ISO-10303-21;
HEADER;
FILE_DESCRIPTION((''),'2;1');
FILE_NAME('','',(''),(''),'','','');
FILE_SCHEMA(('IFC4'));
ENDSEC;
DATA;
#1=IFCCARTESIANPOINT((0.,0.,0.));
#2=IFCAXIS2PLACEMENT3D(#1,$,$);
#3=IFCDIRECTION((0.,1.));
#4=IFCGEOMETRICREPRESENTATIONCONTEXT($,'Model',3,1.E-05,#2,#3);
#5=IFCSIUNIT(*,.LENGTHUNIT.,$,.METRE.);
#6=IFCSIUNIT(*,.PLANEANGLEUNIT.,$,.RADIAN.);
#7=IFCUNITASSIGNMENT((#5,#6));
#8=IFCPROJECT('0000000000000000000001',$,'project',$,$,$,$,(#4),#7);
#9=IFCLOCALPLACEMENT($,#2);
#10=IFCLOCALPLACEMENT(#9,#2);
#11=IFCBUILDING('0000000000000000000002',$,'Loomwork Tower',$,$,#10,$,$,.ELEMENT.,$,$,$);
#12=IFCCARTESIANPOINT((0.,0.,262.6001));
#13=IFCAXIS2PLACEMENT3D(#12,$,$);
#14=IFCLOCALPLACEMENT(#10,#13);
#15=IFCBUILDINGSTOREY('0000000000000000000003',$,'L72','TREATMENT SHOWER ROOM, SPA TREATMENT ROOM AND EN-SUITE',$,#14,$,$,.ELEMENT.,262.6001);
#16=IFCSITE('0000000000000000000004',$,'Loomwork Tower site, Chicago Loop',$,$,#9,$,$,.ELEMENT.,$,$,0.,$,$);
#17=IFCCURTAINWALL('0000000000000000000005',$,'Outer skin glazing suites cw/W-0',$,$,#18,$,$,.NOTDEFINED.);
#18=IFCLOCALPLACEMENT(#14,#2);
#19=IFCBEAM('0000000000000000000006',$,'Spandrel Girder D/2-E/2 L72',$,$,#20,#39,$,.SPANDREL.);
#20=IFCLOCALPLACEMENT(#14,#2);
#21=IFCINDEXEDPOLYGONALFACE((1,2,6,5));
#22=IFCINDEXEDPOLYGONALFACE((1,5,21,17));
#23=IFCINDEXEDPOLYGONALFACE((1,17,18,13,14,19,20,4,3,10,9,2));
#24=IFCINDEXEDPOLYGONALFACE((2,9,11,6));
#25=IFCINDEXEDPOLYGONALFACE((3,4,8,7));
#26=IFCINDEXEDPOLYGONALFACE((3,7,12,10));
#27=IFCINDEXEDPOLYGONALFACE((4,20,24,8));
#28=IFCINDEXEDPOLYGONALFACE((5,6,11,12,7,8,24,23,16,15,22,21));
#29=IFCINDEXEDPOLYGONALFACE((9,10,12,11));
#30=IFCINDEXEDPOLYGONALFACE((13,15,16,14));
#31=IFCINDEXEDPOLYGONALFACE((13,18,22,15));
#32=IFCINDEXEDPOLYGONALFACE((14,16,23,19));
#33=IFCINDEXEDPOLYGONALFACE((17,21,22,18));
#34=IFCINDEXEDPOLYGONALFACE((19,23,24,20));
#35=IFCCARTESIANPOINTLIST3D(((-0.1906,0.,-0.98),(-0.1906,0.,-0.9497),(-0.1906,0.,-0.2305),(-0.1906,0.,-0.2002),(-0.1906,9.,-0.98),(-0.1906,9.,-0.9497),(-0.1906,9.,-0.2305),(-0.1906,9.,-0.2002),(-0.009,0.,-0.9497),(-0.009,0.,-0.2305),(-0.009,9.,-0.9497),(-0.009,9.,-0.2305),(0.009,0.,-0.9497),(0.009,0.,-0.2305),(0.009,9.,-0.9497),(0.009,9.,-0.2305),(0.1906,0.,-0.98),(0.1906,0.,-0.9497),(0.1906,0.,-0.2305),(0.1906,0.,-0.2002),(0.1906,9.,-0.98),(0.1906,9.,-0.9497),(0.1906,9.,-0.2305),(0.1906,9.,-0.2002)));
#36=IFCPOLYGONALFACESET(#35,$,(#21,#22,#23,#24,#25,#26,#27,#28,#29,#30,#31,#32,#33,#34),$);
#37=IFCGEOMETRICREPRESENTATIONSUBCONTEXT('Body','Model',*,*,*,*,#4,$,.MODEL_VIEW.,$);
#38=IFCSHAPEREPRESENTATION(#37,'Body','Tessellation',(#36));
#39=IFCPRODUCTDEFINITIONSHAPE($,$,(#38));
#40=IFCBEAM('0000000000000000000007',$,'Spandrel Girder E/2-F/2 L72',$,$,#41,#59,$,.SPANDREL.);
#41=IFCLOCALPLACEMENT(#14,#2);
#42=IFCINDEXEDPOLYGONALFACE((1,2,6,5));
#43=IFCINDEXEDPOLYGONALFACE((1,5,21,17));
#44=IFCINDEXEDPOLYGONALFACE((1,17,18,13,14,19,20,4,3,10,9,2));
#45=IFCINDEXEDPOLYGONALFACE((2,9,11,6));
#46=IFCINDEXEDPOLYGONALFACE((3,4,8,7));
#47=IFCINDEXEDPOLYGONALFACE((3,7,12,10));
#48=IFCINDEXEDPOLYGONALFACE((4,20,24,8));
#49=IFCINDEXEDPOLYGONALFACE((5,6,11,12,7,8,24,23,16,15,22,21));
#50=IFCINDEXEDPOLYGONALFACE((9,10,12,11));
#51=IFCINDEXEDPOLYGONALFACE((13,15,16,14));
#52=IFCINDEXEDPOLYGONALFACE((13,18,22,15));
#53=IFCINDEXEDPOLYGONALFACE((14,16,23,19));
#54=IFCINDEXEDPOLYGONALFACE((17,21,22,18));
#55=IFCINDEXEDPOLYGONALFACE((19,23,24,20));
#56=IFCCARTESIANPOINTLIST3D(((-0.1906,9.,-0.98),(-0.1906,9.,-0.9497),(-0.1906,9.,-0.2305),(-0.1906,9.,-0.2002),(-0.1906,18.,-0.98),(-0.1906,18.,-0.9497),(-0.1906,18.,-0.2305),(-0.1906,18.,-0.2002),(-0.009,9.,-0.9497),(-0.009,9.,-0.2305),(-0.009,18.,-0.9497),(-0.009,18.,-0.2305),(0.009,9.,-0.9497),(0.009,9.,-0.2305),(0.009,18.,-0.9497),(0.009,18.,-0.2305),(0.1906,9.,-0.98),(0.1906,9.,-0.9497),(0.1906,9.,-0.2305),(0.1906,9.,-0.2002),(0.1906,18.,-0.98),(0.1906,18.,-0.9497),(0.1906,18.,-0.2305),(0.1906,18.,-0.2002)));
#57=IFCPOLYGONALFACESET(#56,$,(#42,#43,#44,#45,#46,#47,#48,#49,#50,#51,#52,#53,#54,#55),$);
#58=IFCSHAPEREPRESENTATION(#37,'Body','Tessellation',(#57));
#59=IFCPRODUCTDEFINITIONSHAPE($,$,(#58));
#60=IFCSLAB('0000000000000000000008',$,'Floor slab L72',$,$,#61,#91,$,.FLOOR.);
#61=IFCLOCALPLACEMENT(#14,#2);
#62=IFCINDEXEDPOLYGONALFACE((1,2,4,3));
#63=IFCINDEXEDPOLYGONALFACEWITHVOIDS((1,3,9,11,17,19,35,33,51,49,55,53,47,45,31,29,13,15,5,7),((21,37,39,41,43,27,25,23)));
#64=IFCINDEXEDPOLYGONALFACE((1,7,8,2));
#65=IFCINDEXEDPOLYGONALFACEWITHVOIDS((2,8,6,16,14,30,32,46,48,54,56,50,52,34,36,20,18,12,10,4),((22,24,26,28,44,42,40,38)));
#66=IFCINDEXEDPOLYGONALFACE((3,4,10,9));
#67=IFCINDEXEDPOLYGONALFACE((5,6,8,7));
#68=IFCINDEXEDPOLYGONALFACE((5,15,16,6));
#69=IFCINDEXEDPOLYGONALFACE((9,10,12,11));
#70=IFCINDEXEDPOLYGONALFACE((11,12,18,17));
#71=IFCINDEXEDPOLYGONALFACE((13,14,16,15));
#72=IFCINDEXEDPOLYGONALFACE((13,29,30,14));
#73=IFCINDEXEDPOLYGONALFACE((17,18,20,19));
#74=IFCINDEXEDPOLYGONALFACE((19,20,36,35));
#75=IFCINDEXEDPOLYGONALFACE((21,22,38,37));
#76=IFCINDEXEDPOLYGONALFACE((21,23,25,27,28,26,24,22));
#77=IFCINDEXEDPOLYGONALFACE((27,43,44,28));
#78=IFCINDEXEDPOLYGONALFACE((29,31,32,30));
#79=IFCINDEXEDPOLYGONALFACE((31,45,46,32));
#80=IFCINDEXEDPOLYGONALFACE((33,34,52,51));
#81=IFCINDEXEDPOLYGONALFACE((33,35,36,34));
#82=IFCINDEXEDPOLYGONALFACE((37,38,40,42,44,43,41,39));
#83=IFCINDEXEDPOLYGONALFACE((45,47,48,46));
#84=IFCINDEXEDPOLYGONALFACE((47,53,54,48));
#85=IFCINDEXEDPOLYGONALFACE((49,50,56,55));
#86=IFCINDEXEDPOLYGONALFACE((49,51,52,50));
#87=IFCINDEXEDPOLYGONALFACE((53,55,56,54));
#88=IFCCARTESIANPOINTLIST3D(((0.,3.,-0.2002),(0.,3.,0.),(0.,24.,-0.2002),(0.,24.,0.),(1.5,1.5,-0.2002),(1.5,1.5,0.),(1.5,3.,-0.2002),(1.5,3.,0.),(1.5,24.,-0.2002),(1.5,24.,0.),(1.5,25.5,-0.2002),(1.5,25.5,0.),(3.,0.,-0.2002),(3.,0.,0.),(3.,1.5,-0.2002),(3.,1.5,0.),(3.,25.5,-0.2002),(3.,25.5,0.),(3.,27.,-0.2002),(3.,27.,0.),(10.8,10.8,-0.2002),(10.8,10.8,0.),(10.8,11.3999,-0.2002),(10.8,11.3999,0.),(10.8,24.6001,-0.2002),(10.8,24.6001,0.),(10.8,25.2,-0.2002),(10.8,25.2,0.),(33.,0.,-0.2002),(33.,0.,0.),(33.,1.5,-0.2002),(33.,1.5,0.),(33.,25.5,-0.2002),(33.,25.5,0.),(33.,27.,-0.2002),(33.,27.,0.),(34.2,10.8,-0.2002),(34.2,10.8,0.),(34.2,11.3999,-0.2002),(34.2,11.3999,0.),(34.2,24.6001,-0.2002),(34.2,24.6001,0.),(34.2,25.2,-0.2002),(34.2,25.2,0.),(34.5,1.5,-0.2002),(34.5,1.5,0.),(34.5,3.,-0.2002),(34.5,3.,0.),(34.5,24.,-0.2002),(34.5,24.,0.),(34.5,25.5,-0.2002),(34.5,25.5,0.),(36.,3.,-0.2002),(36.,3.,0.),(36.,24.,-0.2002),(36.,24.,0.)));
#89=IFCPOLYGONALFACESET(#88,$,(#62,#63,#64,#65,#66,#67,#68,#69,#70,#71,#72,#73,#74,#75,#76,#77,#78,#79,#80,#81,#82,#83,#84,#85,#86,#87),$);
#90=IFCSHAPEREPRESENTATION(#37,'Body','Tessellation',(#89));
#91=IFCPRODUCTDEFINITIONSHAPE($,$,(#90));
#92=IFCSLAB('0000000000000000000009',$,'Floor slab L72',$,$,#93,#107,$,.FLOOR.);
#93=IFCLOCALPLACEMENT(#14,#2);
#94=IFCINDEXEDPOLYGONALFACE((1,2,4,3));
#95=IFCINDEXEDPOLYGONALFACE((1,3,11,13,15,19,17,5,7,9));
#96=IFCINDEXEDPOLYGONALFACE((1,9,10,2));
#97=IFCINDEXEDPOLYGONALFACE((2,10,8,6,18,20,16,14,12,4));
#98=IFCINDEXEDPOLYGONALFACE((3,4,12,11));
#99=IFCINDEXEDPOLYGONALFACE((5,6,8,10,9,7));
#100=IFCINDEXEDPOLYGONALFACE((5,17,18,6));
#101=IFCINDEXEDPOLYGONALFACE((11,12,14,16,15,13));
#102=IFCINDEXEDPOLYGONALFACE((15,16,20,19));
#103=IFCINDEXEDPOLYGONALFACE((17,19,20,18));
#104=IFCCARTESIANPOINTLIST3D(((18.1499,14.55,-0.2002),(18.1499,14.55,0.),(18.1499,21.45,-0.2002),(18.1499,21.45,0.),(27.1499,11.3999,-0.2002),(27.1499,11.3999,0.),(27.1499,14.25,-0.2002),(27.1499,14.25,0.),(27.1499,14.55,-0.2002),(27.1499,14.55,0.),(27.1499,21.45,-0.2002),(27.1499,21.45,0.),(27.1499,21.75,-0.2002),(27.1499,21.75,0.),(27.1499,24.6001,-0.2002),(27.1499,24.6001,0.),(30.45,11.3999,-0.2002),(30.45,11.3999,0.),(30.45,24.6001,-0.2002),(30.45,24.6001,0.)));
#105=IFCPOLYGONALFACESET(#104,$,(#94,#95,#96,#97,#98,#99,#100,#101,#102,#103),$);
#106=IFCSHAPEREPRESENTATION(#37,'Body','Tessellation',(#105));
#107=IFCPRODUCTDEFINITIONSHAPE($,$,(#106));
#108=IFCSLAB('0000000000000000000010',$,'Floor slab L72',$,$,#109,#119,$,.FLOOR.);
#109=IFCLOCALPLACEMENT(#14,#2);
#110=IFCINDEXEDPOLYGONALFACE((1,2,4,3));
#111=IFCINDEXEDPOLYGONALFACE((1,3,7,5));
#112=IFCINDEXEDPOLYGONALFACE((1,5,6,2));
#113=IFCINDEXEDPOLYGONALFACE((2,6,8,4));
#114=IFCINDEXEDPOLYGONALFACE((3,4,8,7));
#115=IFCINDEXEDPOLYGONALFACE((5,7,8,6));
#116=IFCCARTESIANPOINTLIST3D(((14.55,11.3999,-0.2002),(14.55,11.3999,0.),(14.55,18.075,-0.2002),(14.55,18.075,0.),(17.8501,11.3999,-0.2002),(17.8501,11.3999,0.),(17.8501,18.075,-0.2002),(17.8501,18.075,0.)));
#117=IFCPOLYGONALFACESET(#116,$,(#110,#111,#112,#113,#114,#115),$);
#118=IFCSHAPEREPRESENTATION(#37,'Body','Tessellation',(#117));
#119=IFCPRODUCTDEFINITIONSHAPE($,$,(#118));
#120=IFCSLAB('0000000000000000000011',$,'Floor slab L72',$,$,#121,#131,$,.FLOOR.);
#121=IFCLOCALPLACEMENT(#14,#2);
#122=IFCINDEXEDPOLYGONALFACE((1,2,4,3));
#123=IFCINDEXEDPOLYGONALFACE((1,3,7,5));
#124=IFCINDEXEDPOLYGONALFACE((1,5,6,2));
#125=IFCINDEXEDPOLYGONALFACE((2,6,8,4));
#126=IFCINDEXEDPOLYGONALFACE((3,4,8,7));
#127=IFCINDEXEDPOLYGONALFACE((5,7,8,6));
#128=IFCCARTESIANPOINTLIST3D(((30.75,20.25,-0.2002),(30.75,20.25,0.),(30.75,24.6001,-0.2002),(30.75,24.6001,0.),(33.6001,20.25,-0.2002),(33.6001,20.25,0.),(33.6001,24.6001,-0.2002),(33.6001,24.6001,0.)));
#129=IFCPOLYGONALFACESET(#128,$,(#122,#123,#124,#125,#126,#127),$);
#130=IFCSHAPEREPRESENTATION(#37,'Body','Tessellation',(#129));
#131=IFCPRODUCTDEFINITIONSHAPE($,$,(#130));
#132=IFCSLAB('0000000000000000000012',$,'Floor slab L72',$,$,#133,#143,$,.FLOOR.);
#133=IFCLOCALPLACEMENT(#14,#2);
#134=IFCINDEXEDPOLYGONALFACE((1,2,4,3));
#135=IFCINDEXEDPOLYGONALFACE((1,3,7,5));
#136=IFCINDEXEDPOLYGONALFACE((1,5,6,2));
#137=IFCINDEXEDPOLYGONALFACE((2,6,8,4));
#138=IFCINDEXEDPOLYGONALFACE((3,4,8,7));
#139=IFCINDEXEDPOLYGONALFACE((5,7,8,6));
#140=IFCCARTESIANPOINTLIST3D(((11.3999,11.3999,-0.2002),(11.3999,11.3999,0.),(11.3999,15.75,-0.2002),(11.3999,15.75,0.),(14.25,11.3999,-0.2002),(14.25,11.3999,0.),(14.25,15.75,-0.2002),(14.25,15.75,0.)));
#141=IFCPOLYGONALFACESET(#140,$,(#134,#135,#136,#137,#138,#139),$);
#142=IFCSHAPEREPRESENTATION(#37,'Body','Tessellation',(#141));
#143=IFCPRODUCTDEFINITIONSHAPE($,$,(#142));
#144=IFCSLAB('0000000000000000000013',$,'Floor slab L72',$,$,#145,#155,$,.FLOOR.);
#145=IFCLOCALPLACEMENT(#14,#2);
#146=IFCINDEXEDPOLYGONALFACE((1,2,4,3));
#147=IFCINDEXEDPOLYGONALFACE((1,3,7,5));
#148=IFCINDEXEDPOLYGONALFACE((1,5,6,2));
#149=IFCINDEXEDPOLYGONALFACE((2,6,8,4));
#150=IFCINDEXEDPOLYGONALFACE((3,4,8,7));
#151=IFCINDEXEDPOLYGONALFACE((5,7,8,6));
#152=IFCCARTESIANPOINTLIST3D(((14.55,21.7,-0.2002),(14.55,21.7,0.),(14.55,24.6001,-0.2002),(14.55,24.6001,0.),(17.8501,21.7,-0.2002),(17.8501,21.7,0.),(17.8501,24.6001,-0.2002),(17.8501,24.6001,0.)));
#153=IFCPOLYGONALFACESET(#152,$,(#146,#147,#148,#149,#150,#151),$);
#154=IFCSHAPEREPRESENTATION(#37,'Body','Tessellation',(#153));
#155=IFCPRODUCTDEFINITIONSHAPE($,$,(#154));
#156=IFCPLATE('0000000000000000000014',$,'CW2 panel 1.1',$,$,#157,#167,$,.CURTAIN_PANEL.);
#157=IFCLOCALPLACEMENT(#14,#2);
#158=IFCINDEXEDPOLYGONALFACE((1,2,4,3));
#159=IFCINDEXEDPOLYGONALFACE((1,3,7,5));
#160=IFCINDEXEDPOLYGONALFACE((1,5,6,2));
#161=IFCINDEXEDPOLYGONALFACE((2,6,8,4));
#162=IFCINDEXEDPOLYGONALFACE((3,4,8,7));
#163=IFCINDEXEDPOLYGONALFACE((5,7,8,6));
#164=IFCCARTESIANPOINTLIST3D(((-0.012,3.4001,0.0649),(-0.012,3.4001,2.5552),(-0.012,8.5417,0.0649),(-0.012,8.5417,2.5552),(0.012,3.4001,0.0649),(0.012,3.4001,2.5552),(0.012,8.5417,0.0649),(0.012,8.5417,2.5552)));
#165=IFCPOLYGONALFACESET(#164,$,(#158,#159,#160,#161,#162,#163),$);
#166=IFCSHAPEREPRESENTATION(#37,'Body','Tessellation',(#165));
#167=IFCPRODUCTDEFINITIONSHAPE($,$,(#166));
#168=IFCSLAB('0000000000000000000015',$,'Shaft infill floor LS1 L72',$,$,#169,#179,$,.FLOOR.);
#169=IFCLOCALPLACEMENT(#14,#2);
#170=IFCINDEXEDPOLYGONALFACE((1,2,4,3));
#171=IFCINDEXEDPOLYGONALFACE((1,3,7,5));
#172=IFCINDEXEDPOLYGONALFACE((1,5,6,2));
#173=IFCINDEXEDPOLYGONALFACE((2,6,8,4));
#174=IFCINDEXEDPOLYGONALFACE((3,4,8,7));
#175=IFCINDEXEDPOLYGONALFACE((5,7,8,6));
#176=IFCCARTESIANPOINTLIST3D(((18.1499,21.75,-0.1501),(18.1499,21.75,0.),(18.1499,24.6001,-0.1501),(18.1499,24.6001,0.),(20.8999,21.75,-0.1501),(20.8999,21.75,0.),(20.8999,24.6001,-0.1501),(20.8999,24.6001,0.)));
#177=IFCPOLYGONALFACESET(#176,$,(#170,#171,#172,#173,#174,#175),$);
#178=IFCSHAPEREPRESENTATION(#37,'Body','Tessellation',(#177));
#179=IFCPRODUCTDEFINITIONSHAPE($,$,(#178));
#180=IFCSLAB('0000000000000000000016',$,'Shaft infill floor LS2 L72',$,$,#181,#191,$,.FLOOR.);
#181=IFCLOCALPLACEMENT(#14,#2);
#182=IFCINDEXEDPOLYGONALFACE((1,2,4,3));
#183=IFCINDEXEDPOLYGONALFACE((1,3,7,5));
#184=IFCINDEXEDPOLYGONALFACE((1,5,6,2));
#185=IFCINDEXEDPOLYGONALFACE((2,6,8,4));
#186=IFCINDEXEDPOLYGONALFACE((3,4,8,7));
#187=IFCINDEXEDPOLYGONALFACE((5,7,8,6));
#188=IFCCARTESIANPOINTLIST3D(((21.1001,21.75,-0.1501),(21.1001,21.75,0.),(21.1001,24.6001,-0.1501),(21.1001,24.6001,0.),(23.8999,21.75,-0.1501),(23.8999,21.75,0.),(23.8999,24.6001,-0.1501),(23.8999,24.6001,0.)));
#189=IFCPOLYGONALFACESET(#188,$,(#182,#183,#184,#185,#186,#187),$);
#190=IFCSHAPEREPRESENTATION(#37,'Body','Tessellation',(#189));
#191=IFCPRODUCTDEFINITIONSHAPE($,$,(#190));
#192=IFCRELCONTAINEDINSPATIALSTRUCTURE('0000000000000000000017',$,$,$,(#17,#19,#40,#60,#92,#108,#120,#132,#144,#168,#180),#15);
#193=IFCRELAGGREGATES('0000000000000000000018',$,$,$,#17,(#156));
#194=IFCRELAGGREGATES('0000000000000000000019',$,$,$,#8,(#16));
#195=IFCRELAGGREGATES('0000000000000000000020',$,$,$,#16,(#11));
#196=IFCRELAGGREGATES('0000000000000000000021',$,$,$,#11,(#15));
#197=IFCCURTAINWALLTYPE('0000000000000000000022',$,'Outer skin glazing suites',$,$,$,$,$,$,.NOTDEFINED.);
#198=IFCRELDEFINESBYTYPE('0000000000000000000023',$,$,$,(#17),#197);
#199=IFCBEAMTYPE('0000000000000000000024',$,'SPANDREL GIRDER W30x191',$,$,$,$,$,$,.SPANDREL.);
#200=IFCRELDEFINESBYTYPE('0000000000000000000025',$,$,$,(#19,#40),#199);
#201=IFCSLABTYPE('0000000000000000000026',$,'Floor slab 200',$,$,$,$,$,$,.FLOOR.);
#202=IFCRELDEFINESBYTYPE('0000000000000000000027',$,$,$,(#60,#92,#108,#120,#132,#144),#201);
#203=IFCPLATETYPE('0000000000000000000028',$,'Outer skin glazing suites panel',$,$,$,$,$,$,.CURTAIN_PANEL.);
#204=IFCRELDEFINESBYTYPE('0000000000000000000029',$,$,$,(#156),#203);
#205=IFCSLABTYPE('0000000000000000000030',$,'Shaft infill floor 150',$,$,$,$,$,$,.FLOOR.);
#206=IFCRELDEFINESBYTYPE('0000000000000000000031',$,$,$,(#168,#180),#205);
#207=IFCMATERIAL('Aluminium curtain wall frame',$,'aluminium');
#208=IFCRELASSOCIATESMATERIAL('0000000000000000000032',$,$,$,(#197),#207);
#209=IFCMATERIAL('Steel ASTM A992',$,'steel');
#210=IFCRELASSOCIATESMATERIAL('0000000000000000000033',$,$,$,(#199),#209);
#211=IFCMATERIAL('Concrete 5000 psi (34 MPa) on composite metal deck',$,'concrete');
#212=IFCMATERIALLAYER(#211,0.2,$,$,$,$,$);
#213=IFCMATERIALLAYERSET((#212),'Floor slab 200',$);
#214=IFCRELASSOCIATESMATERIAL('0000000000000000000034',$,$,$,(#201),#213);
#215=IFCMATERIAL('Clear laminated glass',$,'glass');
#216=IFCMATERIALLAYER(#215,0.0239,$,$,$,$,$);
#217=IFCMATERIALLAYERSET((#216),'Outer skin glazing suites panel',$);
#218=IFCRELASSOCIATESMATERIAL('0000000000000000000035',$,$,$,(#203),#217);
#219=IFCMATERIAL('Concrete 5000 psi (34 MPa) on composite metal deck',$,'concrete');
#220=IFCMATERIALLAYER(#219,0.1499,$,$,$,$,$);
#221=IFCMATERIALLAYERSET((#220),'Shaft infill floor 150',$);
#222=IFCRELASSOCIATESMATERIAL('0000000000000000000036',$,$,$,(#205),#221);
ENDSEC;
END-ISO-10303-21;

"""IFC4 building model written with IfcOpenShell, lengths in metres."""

from ifc_helpers import new_model, si_unit, direction, frame, origin, origin_2d, place, context, subcontext, project, spatial, polyline, rectangle, i_section, outline, extrude, material, layer, layer_set, material_profile, profile_set, type_object, element, aggregate, save


model = new_model("IFC4")

# Units and contexts
model_context = context("Model", 3, precision=1e-05, world=origin(), true_north=direction((0.0, 1.0)))
body_context = subcontext(model_context, "Body", "Model", "MODEL_VIEW")
ifc_project = project(units=[si_unit("LENGTHUNIT", "METRE"), si_unit("PLANEANGLEUNIT", "RADIAN")], contexts=[model_context])

# Site, building, storey
site_placement = place(None, origin())
site = spatial("IfcSite", under=ifc_project, at=site_placement, Name="Loomwork Tower site, Chicago Loop", CompositionType="ELEMENT", RefElevation=0.0)
building_placement = place(site_placement, origin())
building = spatial("IfcBuilding", under=site, at=building_placement, Name="Loomwork Tower", CompositionType="ELEMENT")
storey_placement = place(building_placement, frame((0.0, 0.0, 262.6001)))
storey = spatial("IfcBuildingStorey", under=building, at=storey_placement, Name="L72", Description="TREATMENT SHOWER ROOM, SPA TREATMENT ROOM AND EN-SUITE", CompositionType="ELEMENT", Elevation=262.6001)

# Curtain wall
ifc_material_1 = material(Name="Aluminium curtain wall frame", Category="aluminium")
curtain_wall_type = type_object("IfcCurtainWallType", Name="Outer skin glazing suites", PredefinedType="NOTDEFINED", material=ifc_material_1)
curtain_wall_placement = place(storey_placement, origin())
curtain_wall = element("IfcCurtainWall", 1, at=curtain_wall_placement, inside=storey, type_object=curtain_wall_type, Name="Outer skin glazing suites cw/W-0", PredefinedType="NOTDEFINED")

# Beams
ifc_material_2 = material(Name="Steel ASTM A992", Category="steel")
ifc_material_profile_1 = material_profile(ifc_material_2, i_section(OverallWidth=0.3811, OverallDepth=0.7798, WebThickness=0.0181, FlangeThickness=0.0303, at=origin_2d()), Name="W30x191")
ifc_profile_set_1 = profile_set([ifc_material_profile_1], Name="Steel ASTM A992")
beam_type_1 = type_object("IfcBeamType", Name="SPANDREL GIRDER W30x191", PredefinedType="SPANDREL", material=ifc_profile_set_1)
for number, where, z_axis, x_axis, name in (
    (2, (0.0, 0.0, -0.5901), (0.0, 1.0, 0.0), (-1.0, 0.0, 0.0), "Spandrel Girder D/2-E/2 L72"),
    (3, (0.0, 9.0, -0.5901), (0.0, 1.0, 0.0), (-1.0, 0.0, 0.0), "Spandrel Girder E/2-F/2 L72"),
):
    element("IfcBeam", number, at=place(storey_placement, frame(where, z_axis=z_axis, x_axis=x_axis)), inside=storey, type_object=beam_type_1, Name=name, PredefinedType="SPANDREL", context=body_context, shape_type="SweptSolid", body=[
        extrude(i_section(OverallWidth=0.3811, OverallDepth=0.7798, WebThickness=0.0181, FlangeThickness=0.0303, at=origin_2d()), origin(), (0.0, 0.0, 1.0), 9.0),
    ])

# Slabs
ifc_material_3 = material(Name="Concrete 5000 psi (34 MPa) on composite metal deck", Category="concrete")
ifc_layer_1 = layer(ifc_material_3, 0.2)
ifc_layer_set_1 = layer_set([ifc_layer_1], Name="Floor slab 200")
slab_type_1 = type_object("IfcSlabType", Name="Floor slab 200", PredefinedType="FLOOR", material=ifc_layer_set_1)
slab_1_placement = place(storey_placement, frame((0.0, 0.0, -0.2002)))
element("IfcSlab", 4, at=slab_1_placement, inside=storey, type_object=slab_type_1, Name="Floor slab L72", PredefinedType="FLOOR", context=body_context, shape_type="SweptSolid", body=[
    extrude(outline(polyline([(3.0, 1.5), (1.5, 1.5), (1.5, 3.0), (0.0, 3.0), (0.0, 24.0), (1.5, 24.0), (1.5, 25.5), (3.0, 25.5), (3.0, 27.0), (33.0, 27.0), (33.0, 25.5), (34.5, 25.5), (34.5, 24.0), (36.0, 24.0), (36.0, 3.0), (34.5, 3.0), (34.5, 1.5), (33.0, 1.5), (33.0, 0.0), (3.0, 0.0), (3.0, 1.5)]), holes=[polyline([(10.8, 11.3999), (10.8, 11.3999), (10.8, 10.8), (34.2, 10.8), (34.2, 11.3999), (34.2, 11.3999), (34.2, 24.6001), (34.2, 25.2), (10.8, 25.2), (10.8, 24.6001), (10.8, 11.3999)])]), origin(), (0.0, 0.0, 1.0), 0.2002),
])
slab_2_placement = place(storey_placement, frame((0.0, 0.0, -0.2002)))
element("IfcSlab", 5, at=slab_2_placement, inside=storey, type_object=slab_type_1, Name="Floor slab L72", PredefinedType="FLOOR", context=body_context, shape_type="SweptSolid", body=[
    extrude(outline(polyline([(30.45, 24.6001), (30.45, 11.3999), (27.1499, 11.3999), (27.1499, 14.25), (27.1499, 14.55), (18.1499, 14.55), (18.1499, 21.45), (27.1499, 21.45), (27.1499, 21.75), (27.1499, 24.6001), (30.45, 24.6001)])), origin(), (0.0, 0.0, 1.0), 0.2002),
])
slab_3_placement = place(storey_placement, frame((0.0, 0.0, -0.2002)))
element("IfcSlab", 6, at=slab_3_placement, inside=storey, type_object=slab_type_1, Name="Floor slab L72", PredefinedType="FLOOR", context=body_context, shape_type="SweptSolid", body=[
    extrude(outline(polyline([(14.55, 11.3999), (14.55, 18.075), (17.8501, 18.075), (17.8501, 11.3999), (14.55, 11.3999)])), origin(), (0.0, 0.0, 1.0), 0.2002),
])
slab_4_placement = place(storey_placement, frame((0.0, 0.0, -0.2002)))
element("IfcSlab", 7, at=slab_4_placement, inside=storey, type_object=slab_type_1, Name="Floor slab L72", PredefinedType="FLOOR", context=body_context, shape_type="SweptSolid", body=[
    extrude(outline(polyline([(33.6001, 20.25), (30.75, 20.25), (30.75, 24.6001), (33.6001, 24.6001), (33.6001, 20.25)])), origin(), (0.0, 0.0, 1.0), 0.2002),
])
slab_5_placement = place(storey_placement, frame((0.0, 0.0, -0.2002)))
element("IfcSlab", 8, at=slab_5_placement, inside=storey, type_object=slab_type_1, Name="Floor slab L72", PredefinedType="FLOOR", context=body_context, shape_type="SweptSolid", body=[
    extrude(outline(polyline([(14.25, 15.75), (14.25, 11.3999), (11.3999, 11.3999), (11.3999, 15.75), (14.25, 15.75)])), origin(), (0.0, 0.0, 1.0), 0.2002),
])
slab_6_placement = place(storey_placement, frame((0.0, 0.0, -0.2002)))
element("IfcSlab", 9, at=slab_6_placement, inside=storey, type_object=slab_type_1, Name="Floor slab L72", PredefinedType="FLOOR", context=body_context, shape_type="SweptSolid", body=[
    extrude(outline(polyline([(14.55, 21.7), (14.55, 24.6001), (17.8501, 24.6001), (17.8501, 21.7), (14.55, 21.7)])), origin(), (0.0, 0.0, 1.0), 0.2002),
])

# Plate
ifc_material_4 = material(Name="Clear laminated glass", Category="glass")
ifc_layer_2 = layer(ifc_material_4, 0.0239)
ifc_layer_set_2 = layer_set([ifc_layer_2], Name="Outer skin glazing suites panel")
plate_type = type_object("IfcPlateType", Name="Outer skin glazing suites panel", PredefinedType="CURTAIN_PANEL", material=ifc_layer_set_2)
plate_placement = place(storey_placement, frame((0.0, 5.9709, 0.0649), z_axis=(0.0, 0.0, 1.0), x_axis=(0.0, -1.0, 0.0)))
plate = element("IfcPlate", 10, at=plate_placement, type_object=plate_type, Name="CW2 panel 1.1", PredefinedType="CURTAIN_PANEL", context=body_context, shape_type="SweptSolid", body=[
    extrude(rectangle(XDim=5.1416, YDim=0.0239, at=origin_2d()), origin(), (0.0, 0.0, 1.0), 2.4902),
])
aggregate(curtain_wall, [plate])

# Slabs
ifc_material_5 = material(Name="Concrete 5000 psi (34 MPa) on composite metal deck", Category="concrete")
ifc_layer_3 = layer(ifc_material_5, 0.1499)
ifc_layer_set_3 = layer_set([ifc_layer_3], Name="Shaft infill floor 150")
slab_type_2 = type_object("IfcSlabType", Name="Shaft infill floor 150", PredefinedType="FLOOR", material=ifc_layer_set_3)
slab_7_placement = place(storey_placement, frame((0.0, 0.0, -0.1501)))
element("IfcSlab", 11, at=slab_7_placement, inside=storey, type_object=slab_type_2, Name="Shaft infill floor LS1 L72", PredefinedType="FLOOR", context=body_context, shape_type="SweptSolid", body=[
    extrude(outline(polyline([(18.1499, 21.75), (20.8999, 21.75), (20.8999, 24.6001), (18.1499, 24.6001), (18.1499, 21.75)])), origin(), (0.0, 0.0, 1.0), 0.1501),
])
slab_8_placement = place(storey_placement, frame((0.0, 0.0, -0.1501)))
element("IfcSlab", 12, at=slab_8_placement, inside=storey, type_object=slab_type_2, Name="Shaft infill floor LS2 L72", PredefinedType="FLOOR", context=body_context, shape_type="SweptSolid", body=[
    extrude(outline(polyline([(21.1001, 21.75), (23.8999, 21.75), (23.8999, 24.6001), (21.1001, 24.6001), (21.1001, 21.75)])), origin(), (0.0, 0.0, 1.0), 0.1501),
])

save(model, "model.ifc")
